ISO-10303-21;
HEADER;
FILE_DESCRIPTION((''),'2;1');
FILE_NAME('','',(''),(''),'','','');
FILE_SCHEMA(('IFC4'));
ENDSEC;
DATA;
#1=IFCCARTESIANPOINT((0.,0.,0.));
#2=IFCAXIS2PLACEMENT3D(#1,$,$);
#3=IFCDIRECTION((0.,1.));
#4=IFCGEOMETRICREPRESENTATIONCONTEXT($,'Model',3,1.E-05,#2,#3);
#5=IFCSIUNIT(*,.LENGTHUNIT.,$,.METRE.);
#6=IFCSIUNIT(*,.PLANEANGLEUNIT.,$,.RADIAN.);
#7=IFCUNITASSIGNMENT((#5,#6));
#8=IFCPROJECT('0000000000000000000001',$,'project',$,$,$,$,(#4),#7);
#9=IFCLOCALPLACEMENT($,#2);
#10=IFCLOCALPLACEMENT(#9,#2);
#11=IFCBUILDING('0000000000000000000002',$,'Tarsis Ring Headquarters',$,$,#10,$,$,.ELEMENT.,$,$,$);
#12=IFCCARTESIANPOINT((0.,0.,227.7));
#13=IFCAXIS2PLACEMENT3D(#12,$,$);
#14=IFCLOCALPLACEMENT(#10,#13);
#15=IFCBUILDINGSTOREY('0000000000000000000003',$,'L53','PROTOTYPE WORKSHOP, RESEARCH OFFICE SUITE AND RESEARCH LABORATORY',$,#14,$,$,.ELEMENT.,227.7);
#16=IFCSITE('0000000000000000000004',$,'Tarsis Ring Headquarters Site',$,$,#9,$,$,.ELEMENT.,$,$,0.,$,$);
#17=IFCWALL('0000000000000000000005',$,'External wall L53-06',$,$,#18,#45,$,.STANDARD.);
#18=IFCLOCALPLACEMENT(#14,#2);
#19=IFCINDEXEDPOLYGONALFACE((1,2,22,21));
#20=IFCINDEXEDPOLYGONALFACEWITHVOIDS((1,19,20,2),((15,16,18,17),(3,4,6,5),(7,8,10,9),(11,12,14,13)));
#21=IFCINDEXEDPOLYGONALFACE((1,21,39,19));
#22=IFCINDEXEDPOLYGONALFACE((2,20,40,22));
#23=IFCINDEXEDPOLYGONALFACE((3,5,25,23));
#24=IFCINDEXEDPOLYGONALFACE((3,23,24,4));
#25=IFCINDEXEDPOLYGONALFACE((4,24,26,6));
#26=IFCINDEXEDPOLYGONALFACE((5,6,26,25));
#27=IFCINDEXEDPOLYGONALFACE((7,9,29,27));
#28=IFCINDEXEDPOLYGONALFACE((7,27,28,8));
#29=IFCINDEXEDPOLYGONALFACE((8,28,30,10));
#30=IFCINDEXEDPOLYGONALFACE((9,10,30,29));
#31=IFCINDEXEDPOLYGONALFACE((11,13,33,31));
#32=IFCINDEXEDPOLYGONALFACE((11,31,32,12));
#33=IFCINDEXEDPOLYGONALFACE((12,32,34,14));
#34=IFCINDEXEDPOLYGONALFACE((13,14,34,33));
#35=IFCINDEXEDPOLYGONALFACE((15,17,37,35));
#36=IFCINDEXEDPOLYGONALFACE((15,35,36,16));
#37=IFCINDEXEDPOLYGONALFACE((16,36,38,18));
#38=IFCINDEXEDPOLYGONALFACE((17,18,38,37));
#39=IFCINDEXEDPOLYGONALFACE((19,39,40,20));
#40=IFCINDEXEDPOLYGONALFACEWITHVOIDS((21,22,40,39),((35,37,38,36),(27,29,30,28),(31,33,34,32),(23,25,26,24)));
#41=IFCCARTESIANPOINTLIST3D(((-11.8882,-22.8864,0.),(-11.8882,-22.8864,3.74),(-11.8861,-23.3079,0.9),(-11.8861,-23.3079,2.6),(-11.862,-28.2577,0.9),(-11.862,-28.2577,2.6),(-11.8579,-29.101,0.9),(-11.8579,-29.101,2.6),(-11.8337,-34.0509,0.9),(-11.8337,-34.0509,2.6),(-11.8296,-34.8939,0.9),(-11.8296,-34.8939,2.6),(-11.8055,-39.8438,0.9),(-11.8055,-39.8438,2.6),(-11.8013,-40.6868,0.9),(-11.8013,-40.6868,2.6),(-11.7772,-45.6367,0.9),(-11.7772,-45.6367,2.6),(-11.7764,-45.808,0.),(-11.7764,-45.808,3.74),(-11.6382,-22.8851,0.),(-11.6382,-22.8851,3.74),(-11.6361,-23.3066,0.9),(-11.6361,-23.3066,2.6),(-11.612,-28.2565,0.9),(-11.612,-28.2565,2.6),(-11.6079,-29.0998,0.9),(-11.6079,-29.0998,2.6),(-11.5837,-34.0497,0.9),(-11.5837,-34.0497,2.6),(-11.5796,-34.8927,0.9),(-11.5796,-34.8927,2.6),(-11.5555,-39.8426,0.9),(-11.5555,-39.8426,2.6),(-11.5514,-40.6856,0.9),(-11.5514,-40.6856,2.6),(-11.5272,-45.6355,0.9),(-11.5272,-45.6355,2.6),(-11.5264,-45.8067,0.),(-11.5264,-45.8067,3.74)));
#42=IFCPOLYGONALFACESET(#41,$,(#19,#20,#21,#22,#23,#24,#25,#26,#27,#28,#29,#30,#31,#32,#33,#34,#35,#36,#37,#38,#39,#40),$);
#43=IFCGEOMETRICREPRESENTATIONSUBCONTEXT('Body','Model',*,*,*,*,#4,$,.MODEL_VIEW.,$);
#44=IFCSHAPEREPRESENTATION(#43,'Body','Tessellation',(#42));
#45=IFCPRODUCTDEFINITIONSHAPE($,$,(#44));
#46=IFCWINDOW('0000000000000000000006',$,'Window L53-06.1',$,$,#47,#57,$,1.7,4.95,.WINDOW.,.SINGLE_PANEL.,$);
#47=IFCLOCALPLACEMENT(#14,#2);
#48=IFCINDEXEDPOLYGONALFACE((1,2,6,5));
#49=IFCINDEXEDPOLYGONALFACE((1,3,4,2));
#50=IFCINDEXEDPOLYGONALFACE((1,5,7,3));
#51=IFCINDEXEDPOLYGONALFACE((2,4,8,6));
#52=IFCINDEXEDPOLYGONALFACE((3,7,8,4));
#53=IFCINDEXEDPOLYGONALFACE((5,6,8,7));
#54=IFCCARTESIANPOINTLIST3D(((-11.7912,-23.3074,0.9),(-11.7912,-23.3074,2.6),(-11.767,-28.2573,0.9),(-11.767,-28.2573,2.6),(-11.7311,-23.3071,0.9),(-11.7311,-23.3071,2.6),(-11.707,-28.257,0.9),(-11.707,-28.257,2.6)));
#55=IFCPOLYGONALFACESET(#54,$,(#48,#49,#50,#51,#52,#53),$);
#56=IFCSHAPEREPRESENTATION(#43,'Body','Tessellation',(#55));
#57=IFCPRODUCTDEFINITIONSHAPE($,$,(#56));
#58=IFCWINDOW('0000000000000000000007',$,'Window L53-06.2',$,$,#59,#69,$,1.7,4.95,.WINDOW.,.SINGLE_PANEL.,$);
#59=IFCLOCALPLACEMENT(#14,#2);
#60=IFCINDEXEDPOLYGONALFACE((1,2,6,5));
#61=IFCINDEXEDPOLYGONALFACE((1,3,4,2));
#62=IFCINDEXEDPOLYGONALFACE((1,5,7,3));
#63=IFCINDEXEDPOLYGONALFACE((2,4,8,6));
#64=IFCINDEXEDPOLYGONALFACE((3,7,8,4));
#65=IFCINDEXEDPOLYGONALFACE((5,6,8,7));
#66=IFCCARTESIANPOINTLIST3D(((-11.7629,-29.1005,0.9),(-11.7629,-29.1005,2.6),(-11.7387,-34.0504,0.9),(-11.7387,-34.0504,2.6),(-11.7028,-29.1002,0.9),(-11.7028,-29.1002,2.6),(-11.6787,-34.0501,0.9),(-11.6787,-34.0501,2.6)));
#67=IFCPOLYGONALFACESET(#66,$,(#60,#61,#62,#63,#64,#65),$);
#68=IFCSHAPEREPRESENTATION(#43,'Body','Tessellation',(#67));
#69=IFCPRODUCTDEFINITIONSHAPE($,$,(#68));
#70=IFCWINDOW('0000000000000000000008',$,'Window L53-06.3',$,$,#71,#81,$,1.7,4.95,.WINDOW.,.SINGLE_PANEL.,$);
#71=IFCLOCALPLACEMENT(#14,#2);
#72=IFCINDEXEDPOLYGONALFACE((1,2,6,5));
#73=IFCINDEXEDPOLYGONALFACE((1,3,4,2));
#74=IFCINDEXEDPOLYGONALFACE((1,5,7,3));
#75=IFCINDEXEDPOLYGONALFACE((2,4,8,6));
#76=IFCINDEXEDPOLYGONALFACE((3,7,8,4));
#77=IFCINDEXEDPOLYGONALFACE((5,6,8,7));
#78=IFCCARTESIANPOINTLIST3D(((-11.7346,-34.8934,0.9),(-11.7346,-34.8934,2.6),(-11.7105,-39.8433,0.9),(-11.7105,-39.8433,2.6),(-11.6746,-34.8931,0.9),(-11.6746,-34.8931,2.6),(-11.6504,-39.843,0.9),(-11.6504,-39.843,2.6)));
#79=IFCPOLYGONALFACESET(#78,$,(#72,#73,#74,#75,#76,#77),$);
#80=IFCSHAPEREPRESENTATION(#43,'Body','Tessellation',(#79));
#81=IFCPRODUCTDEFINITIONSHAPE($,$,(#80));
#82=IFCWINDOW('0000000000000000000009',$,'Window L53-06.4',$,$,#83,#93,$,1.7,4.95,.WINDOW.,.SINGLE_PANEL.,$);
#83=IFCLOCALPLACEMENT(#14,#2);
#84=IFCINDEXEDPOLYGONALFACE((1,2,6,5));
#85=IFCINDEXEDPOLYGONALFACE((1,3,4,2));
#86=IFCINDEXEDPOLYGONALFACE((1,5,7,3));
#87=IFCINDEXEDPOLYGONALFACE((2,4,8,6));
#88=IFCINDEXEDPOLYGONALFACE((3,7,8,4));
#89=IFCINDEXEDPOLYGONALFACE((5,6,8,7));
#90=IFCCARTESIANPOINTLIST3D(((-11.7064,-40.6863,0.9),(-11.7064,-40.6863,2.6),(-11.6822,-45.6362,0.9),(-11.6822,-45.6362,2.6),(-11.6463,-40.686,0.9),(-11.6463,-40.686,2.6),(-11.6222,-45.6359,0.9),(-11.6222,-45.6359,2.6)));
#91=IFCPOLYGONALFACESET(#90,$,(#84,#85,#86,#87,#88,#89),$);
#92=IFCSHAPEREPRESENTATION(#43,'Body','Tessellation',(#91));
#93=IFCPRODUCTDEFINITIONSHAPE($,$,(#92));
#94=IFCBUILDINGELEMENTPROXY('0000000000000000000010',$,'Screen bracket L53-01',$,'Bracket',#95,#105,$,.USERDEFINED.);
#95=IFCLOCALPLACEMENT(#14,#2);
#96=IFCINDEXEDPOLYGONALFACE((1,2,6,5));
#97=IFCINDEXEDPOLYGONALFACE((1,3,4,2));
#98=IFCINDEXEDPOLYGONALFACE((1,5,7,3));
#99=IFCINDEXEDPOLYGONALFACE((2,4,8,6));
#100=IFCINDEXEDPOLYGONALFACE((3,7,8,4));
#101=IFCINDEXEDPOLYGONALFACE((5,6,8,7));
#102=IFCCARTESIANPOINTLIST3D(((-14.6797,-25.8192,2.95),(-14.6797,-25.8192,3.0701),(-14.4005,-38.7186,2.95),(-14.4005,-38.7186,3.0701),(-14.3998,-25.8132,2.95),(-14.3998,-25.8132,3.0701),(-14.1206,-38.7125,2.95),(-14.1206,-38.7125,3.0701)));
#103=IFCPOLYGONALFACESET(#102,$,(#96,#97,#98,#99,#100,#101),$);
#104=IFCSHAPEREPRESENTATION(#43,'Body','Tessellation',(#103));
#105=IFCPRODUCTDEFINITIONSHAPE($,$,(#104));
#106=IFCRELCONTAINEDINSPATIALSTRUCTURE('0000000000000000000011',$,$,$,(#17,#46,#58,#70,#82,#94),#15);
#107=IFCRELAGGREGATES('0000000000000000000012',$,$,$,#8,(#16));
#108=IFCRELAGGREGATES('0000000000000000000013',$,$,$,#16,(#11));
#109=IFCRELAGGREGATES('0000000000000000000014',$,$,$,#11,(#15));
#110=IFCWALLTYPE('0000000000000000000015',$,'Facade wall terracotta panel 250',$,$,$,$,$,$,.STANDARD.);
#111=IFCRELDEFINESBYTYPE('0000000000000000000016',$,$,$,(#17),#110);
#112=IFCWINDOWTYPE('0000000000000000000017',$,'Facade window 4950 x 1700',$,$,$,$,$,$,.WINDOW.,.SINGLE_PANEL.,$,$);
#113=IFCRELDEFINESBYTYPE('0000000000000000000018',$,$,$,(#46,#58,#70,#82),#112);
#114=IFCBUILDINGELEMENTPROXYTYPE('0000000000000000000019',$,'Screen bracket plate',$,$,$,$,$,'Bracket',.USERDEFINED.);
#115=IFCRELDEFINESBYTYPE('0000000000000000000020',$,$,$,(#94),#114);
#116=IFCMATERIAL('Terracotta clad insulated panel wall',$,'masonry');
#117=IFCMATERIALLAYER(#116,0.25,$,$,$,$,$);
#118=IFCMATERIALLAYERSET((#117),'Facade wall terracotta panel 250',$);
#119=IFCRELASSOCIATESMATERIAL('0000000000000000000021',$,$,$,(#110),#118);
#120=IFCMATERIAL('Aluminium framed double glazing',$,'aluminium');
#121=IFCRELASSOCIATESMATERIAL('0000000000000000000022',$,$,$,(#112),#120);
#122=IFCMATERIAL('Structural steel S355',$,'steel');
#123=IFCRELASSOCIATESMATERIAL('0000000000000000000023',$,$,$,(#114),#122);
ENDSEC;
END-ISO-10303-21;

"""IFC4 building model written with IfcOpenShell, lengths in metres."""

from ifc_helpers import new_model, si_unit, direction, frame, frame_2d, origin, origin_2d, place, context, subcontext, project, spatial, rectangle, extrude, material, layer, layer_set, type_object, element, fill, save


model = new_model("IFC4")

# Units and contexts
model_context = context("Model", 3, precision=1e-05, world=origin(), true_north=direction((0.0, 1.0)))
body_context = subcontext(model_context, "Body", "Model", "MODEL_VIEW")
ifc_project = project(units=[si_unit("LENGTHUNIT", "METRE"), si_unit("PLANEANGLEUNIT", "RADIAN")], contexts=[model_context])

# Site, building, storey
site_placement = place(None, origin())
site = spatial("IfcSite", under=ifc_project, at=site_placement, Name="Tarsis Ring Headquarters Site", CompositionType="ELEMENT", RefElevation=0.0)
building_placement = place(site_placement, origin())
building = spatial("IfcBuilding", under=site, at=building_placement, Name="Tarsis Ring Headquarters", CompositionType="ELEMENT")
storey_placement = place(building_placement, frame((0.0, 0.0, 227.7)))
storey = spatial("IfcBuildingStorey", under=building, at=storey_placement, Name="L53", Description="PROTOTYPE WORKSHOP, RESEARCH OFFICE SUITE AND RESEARCH LABORATORY", CompositionType="ELEMENT", Elevation=227.7)

# Shared definitions
ifc_material_1 = material(Name="Structural steel S355", Category="steel")

# Shared definitions
ifc_material_2 = material(Name="Terracotta clad insulated panel wall", Category="masonry")
ifc_layer_1 = layer(ifc_material_2, 0.25)
ifc_layer_set_1 = layer_set([ifc_layer_1], Name="Facade wall terracotta panel 250")
wall_type_1 = type_object("IfcWallType", Name="Facade wall terracotta panel 250", PredefinedType="STANDARD", material=ifc_layer_set_1)
ifc_material_3 = material(Name="Aluminium framed double glazing", Category="aluminium")

# Wall, openings, windows
wall_1_placement = place(storey_placement, frame((-11.7632, -22.8857, 0.0), z_axis=(0.0, 0.0, 1.0), x_axis=(0.004878, -0.999988, 0.0)))
wall_1 = element("IfcWall", 1, at=wall_1_placement, inside=storey, type_object=wall_type_1, Name="External wall L53-06", PredefinedType="STANDARD", context=body_context, shape_type="SweptSolid", body=[
    extrude(rectangle(XDim=22.9219, YDim=0.25, at=frame_2d((11.4609, 0.0))), origin(), (0.0, 0.0, 1.0), 3.74),
])
opening_1_placement = place(wall_1_placement, frame((0.4214, 0.0, 0.8999)))
opening_1 = element("IfcOpeningElement", 2, at=opening_1_placement, cuts=wall_1, PredefinedType="OPENING", context=body_context, shape_type="SweptSolid", body=[
    extrude(rectangle(XDim=4.95, YDim=1.7, at=frame_2d((2.4751, 0.8501))), frame((0.0, 0.135, 0.0), z_axis=(0.0, -1.0, 0.0), x_axis=(1.0, 0.0, 0.0)), (0.0, 0.0, 1.0), 0.27),
])
opening_2_placement = place(wall_1_placement, frame((6.2146, 0.0, 0.8999)))
opening_2 = element("IfcOpeningElement", 3, at=opening_2_placement, cuts=wall_1, PredefinedType="OPENING", context=body_context, shape_type="SweptSolid", body=[
    extrude(rectangle(XDim=4.95, YDim=1.7, at=frame_2d((2.4751, 0.8501))), frame((0.0, 0.135, 0.0), z_axis=(0.0, -1.0, 0.0), x_axis=(1.0, 0.0, 0.0)), (0.0, 0.0, 1.0), 0.27),
])
opening_3_placement = place(wall_1_placement, frame((12.0076, 0.0, 0.8999)))
opening_3 = element("IfcOpeningElement", 4, at=opening_3_placement, cuts=wall_1, PredefinedType="OPENING", context=body_context, shape_type="SweptSolid", body=[
    extrude(rectangle(XDim=4.95, YDim=1.7, at=frame_2d((2.4751, 0.8501))), frame((0.0, 0.135, 0.0), z_axis=(0.0, -1.0, 0.0), x_axis=(1.0, 0.0, 0.0)), (0.0, 0.0, 1.0), 0.27),
])
opening_4_placement = place(wall_1_placement, frame((17.8005, 0.0, 0.8999)))
opening_4 = element("IfcOpeningElement", 5, at=opening_4_placement, cuts=wall_1, PredefinedType="OPENING", context=body_context, shape_type="SweptSolid", body=[
    extrude(rectangle(XDim=4.95, YDim=1.7, at=frame_2d((2.4751, 0.8501))), frame((0.0, 0.135, 0.0), z_axis=(0.0, -1.0, 0.0), x_axis=(1.0, 0.0, 0.0)), (0.0, 0.0, 1.0), 0.27),
])
window_type_1 = type_object("IfcWindowType", Name="Facade window 4950 x 1700", PartitioningType="SINGLE_PANEL", PredefinedType="WINDOW", material=ifc_material_3)
window_1_placement = place(opening_1_placement, origin())
window_1 = element("IfcWindow", 6, at=window_1_placement, inside=storey, type_object=window_type_1, Name="Window L53-06.1", OverallHeight=1.7, OverallWidth=4.95, PartitioningType="SINGLE_PANEL", PredefinedType="WINDOW", context=body_context, shape_type="SweptSolid", body=[
    extrude(rectangle(XDim=4.95, YDim=1.7, at=frame_2d((2.4751, 0.8501))), frame((0.0, 0.03, 0.0), z_axis=(0.0, -1.0, 0.0), x_axis=(1.0, 0.0, 0.0)), (0.0, 0.0, 1.0), 0.0601),
])
fill(opening_1, window_1)
window_2_placement = place(opening_2_placement, origin())
window_2 = element("IfcWindow", 7, at=window_2_placement, inside=storey, type_object=window_type_1, Name="Window L53-06.2", OverallHeight=1.7, OverallWidth=4.95, PartitioningType="SINGLE_PANEL", PredefinedType="WINDOW", context=body_context, shape_type="SweptSolid", body=[
    extrude(rectangle(XDim=4.95, YDim=1.7, at=frame_2d((2.4751, 0.8501))), frame((0.0, 0.03, 0.0), z_axis=(0.0, -1.0, 0.0), x_axis=(1.0, 0.0, 0.0)), (0.0, 0.0, 1.0), 0.0601),
])
fill(opening_2, window_2)
window_3_placement = place(opening_3_placement, origin())
window_3 = element("IfcWindow", 8, at=window_3_placement, inside=storey, type_object=window_type_1, Name="Window L53-06.3", OverallHeight=1.7, OverallWidth=4.95, PartitioningType="SINGLE_PANEL", PredefinedType="WINDOW", context=body_context, shape_type="SweptSolid", body=[
    extrude(rectangle(XDim=4.95, YDim=1.7, at=frame_2d((2.4751, 0.8501))), frame((0.0, 0.03, 0.0), z_axis=(0.0, -1.0, 0.0), x_axis=(1.0, 0.0, 0.0)), (0.0, 0.0, 1.0), 0.0601),
])
fill(opening_3, window_3)
window_4_placement = place(opening_4_placement, origin())
window_4 = element("IfcWindow", 9, at=window_4_placement, inside=storey, type_object=window_type_1, Name="Window L53-06.4", OverallHeight=1.7, OverallWidth=4.95, PartitioningType="SINGLE_PANEL", PredefinedType="WINDOW", context=body_context, shape_type="SweptSolid", body=[
    extrude(rectangle(XDim=4.95, YDim=1.7, at=frame_2d((2.4751, 0.8501))), frame((0.0, 0.03, 0.0), z_axis=(0.0, -1.0, 0.0), x_axis=(1.0, 0.0, 0.0)), (0.0, 0.0, 1.0), 0.0601),
])
fill(opening_4, window_4)

# Building element proxy
building_element_proxy_type = type_object("IfcBuildingElementProxyType", Name="Screen bracket plate", ElementType="Bracket", PredefinedType="USERDEFINED", material=ifc_material_1)
proxy_placement = place(storey_placement, frame((-14.4001, -32.2659, 2.95), z_axis=(0.0, 0.0, 1.0), x_axis=(0.02164, -0.999766, 0.0)))
element("IfcBuildingElementProxy", 10, at=proxy_placement, inside=storey, type_object=building_element_proxy_type, Name="Screen bracket L53-01", ObjectType="Bracket", PredefinedType="USERDEFINED", context=body_context, shape_type="SweptSolid", body=[
    extrude(rectangle(XDim=12.9023, YDim=0.28, at=origin_2d()), origin(), (0.0, 0.0, 1.0), 0.1201),
])

save(model, "model.ifc")
